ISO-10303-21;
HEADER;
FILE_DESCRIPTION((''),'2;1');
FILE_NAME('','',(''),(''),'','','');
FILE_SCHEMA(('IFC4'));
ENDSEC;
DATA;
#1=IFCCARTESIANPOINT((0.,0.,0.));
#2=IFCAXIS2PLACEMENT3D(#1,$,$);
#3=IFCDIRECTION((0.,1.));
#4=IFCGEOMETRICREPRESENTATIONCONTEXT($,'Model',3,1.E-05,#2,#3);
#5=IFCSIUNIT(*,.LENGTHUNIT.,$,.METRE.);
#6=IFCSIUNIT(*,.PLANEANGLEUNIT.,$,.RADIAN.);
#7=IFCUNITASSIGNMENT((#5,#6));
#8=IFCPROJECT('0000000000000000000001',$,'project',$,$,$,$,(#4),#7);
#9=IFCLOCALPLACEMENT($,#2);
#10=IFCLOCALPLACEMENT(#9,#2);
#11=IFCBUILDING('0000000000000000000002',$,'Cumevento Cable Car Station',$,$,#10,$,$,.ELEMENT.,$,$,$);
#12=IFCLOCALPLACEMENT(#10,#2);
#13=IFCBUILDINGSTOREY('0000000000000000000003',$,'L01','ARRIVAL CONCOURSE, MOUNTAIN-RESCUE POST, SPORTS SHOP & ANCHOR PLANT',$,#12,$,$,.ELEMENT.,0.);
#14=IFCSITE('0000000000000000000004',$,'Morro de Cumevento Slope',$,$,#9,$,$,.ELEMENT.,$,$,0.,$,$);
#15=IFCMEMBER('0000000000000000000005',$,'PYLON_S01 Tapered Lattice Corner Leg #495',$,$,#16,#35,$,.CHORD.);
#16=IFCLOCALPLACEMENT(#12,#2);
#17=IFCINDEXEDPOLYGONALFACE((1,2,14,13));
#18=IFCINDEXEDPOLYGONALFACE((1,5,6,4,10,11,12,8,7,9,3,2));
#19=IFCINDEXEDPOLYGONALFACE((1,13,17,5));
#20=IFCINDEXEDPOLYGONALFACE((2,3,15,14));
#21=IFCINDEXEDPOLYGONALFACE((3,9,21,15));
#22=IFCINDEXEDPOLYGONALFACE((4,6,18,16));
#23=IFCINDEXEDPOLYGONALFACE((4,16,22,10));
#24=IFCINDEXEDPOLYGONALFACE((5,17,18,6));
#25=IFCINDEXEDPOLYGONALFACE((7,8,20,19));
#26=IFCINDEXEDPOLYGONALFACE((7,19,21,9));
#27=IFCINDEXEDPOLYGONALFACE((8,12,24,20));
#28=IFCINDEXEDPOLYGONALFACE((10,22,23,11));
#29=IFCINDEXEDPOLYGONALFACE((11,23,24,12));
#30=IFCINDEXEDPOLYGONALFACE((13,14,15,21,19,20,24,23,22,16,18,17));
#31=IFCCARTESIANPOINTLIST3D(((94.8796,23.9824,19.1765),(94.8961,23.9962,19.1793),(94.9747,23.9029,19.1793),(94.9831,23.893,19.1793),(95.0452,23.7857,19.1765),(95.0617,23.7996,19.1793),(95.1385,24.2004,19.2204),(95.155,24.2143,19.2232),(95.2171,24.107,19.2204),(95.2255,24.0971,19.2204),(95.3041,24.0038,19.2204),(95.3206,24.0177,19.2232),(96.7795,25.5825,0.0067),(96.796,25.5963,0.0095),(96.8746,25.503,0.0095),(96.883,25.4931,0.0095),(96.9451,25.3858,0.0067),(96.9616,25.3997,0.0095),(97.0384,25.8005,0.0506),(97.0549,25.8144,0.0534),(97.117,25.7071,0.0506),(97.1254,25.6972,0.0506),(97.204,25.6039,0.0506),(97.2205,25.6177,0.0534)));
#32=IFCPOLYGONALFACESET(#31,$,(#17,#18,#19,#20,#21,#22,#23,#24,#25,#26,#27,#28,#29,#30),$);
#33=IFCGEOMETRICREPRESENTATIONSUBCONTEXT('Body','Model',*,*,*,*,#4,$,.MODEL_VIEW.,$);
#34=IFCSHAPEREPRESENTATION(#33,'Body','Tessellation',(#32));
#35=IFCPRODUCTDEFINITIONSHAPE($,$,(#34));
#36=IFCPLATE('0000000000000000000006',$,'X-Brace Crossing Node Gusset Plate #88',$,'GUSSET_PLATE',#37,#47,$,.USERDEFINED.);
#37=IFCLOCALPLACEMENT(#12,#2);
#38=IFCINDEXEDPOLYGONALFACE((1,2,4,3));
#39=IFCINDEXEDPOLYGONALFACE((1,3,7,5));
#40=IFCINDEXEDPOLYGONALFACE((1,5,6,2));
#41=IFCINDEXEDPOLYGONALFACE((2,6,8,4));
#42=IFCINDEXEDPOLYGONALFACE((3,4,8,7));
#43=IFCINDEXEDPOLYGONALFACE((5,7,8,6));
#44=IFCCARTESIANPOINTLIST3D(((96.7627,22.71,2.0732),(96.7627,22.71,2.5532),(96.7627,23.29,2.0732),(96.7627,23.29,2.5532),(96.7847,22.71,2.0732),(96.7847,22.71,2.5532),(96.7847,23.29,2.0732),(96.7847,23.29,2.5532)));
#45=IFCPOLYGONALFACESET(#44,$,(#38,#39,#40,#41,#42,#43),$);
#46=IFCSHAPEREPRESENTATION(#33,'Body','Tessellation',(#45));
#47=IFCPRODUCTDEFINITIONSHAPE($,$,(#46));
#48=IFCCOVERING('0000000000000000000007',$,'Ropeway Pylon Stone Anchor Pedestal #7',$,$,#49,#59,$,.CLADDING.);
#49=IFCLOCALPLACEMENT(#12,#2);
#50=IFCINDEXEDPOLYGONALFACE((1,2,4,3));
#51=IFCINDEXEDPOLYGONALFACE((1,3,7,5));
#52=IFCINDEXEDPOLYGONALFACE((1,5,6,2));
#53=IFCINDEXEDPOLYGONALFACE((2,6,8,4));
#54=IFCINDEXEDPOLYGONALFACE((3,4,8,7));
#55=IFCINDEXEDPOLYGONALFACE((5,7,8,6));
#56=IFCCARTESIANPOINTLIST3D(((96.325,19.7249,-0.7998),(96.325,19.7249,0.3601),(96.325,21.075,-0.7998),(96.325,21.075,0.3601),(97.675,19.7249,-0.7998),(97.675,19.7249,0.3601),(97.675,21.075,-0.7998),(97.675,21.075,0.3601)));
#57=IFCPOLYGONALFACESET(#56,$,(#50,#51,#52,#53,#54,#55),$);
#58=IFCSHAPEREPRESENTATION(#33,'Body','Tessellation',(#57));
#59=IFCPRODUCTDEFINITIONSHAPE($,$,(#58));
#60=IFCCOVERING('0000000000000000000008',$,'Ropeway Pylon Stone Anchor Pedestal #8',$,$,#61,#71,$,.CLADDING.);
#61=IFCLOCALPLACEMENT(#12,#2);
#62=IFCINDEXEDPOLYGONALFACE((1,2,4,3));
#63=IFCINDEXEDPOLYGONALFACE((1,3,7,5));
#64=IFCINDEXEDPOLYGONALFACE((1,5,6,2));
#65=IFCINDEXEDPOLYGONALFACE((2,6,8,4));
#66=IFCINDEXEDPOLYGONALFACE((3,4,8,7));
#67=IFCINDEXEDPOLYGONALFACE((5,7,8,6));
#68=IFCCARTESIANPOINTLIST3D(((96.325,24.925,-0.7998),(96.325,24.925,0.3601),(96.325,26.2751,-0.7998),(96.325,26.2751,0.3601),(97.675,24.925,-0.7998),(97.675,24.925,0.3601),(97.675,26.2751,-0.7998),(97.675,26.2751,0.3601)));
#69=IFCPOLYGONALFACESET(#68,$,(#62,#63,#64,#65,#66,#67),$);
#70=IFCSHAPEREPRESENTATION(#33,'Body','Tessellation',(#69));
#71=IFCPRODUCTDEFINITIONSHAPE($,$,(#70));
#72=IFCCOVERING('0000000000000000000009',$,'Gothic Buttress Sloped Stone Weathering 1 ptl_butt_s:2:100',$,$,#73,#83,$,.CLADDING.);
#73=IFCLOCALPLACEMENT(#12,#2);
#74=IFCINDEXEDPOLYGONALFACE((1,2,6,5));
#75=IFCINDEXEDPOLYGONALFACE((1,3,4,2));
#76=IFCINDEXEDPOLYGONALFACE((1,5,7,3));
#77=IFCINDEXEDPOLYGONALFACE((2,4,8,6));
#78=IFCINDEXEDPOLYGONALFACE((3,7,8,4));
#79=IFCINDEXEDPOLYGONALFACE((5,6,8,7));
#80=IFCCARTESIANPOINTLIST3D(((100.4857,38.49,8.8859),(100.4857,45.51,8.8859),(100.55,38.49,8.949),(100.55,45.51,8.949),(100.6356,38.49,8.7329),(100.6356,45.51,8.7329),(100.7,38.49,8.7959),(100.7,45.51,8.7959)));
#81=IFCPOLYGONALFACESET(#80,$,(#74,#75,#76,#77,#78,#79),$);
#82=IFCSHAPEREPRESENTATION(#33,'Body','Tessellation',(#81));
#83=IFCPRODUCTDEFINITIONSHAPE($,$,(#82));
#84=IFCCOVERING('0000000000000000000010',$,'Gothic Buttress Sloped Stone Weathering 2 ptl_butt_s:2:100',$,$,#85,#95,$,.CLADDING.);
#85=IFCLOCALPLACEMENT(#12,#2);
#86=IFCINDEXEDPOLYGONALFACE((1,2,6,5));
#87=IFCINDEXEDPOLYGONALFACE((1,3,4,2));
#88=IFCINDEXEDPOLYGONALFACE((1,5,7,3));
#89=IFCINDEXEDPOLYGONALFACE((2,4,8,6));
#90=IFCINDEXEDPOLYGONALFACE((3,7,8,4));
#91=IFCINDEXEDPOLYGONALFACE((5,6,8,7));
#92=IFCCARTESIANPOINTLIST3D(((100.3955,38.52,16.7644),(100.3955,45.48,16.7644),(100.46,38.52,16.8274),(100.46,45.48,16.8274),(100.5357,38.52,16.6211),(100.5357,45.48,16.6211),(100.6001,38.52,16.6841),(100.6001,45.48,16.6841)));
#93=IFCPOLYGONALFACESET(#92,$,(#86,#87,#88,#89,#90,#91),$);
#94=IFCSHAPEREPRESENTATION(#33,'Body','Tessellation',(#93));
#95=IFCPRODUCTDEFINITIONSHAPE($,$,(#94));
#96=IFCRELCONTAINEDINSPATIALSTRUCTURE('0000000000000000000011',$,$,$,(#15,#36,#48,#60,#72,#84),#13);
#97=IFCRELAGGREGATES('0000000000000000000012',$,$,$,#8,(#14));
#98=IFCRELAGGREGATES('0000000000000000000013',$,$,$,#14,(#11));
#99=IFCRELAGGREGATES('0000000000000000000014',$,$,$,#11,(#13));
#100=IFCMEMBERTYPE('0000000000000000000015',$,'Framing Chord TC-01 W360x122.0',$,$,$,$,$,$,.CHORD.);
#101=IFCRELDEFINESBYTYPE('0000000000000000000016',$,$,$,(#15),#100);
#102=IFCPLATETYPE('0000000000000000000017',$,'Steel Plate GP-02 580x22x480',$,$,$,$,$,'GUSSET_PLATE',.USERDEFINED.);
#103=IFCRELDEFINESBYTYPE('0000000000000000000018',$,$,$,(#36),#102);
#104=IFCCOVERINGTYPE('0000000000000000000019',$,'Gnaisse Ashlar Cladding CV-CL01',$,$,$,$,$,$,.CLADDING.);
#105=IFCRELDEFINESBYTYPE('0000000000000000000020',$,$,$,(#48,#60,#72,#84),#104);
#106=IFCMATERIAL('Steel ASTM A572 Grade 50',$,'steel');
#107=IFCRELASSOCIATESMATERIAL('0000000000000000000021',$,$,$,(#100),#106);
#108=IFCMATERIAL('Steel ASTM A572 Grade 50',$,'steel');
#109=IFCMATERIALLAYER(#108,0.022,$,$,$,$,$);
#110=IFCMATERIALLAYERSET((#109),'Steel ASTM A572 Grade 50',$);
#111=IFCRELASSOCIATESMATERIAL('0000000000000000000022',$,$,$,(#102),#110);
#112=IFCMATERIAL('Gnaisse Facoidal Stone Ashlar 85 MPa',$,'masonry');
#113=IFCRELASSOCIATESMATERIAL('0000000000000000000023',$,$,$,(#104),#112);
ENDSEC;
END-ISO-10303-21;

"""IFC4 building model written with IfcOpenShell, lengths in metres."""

from ifc_helpers import new_model, si_unit, direction, frame, origin, origin_2d, place, context, subcontext, project, spatial, polyline, rectangle, i_section, outline, extrude, material, layer, layer_set, material_profile, profile_set, type_object, element, save


model = new_model("IFC4")

# Units and contexts
model_context = context("Model", 3, precision=1e-05, world=origin(), true_north=direction((0.0, 1.0)))
body_context = subcontext(model_context, "Body", "Model", "MODEL_VIEW")
ifc_project = project(units=[si_unit("LENGTHUNIT", "METRE"), si_unit("PLANEANGLEUNIT", "RADIAN")], contexts=[model_context])

# Site, building, storey
site_placement = place(None, origin())
site = spatial("IfcSite", under=ifc_project, at=site_placement, Name="Morro de Cumevento Slope", CompositionType="ELEMENT", RefElevation=0.0)
building_placement = place(site_placement, origin())
building = spatial("IfcBuilding", under=site, at=building_placement, Name="Cumevento Cable Car Station", CompositionType="ELEMENT")
storey_placement = place(building_placement, origin())
storey = spatial("IfcBuildingStorey", under=building, at=storey_placement, Name="L01", Description="ARRIVAL CONCOURSE, MOUNTAIN-RESCUE POST, SPORTS SHOP & ANCHOR PLANT", CompositionType="ELEMENT", Elevation=0.0)

# Member
ifc_material_1 = material(Name="Steel ASTM A572 Grade 50", Category="steel")
ifc_material_profile_1 = material_profile(ifc_material_1, i_section(OverallWidth=0.2571, OverallDepth=0.363, WebThickness=0.0129, FlangeThickness=0.0217, at=origin_2d()), Name="W360x122.0")
ifc_profile_set_1 = profile_set([ifc_material_profile_1], Name="Steel ASTM A572 Grade 50")
member_type_1 = type_object("IfcMemberType", Name="Framing Chord TC-01 W360x122.0", PredefinedType="CHORD", material=ifc_profile_set_1)
for number, where, z_axis, x_axis, name in (
    (1, (97.0, 25.6001, 0.03), (-0.098287, -0.082777, 0.991709), (0.644178, -0.764876, 0.0), "PYLON_S01 Tapered Lattice Corner Leg #495"),
):
    element("IfcMember", number, at=place(storey_placement, frame(where, z_axis=z_axis, x_axis=x_axis)), inside=storey, type_object=member_type_1, Name=name, PredefinedType="CHORD", context=body_context, shape_type="SweptSolid", body=[
        extrude(i_section(OverallWidth=0.2571, OverallDepth=0.363, WebThickness=0.0129, FlangeThickness=0.0217, at=origin_2d()), origin(), (0.0, 0.0, 1.0), 19.3301),
    ])

# Plate
ifc_material_2 = material(Name="Steel ASTM A572 Grade 50", Category="steel")
ifc_layer = layer(ifc_material_2, 0.022)
ifc_layer_set = layer_set([ifc_layer], Name="Steel ASTM A572 Grade 50")
plate_type = type_object("IfcPlateType", Name="Steel Plate GP-02 580x22x480", ElementType="GUSSET_PLATE", PredefinedType="USERDEFINED", material=ifc_layer_set)
plate_placement = place(storey_placement, frame((96.7737, 23.0, 2.0732), z_axis=(0.0, 0.0, 1.0), x_axis=(0.0, 1.0, 0.0)))
element("IfcPlate", 2, at=plate_placement, inside=storey, type_object=plate_type, Name="X-Brace Crossing Node Gusset Plate #88", ObjectType="GUSSET_PLATE", PredefinedType="USERDEFINED", context=body_context, shape_type="SweptSolid", body=[
    extrude(rectangle(XDim=0.5801, YDim=0.022, at=origin_2d()), origin(), (0.0, 0.0, 1.0), 0.48),
])

# Coverings
ifc_material_3 = material(Name="Gnaisse Facoidal Stone Ashlar 85 MPa", Category="masonry")
covering_type = type_object("IfcCoveringType", Name="Gnaisse Ashlar Cladding CV-CL01", PredefinedType="CLADDING", material=ifc_material_3)
for number, where, z_axis, x_axis, name in (
    (3, (97.0, 20.3999, -0.7998), (0.0, 0.0, 1.0), (1.0, 0.0, 0.0), "Ropeway Pylon Stone Anchor Pedestal #7"),
    (4, (97.0, 25.6001, -0.7998), (0.0, 0.0, 1.0), (1.0, 0.0, 0.0), "Ropeway Pylon Stone Anchor Pedestal #8"),
):
    element("IfcCovering", number, at=place(storey_placement, frame(where, z_axis=z_axis, x_axis=x_axis)), inside=storey, type_object=covering_type, Name=name, PredefinedType="CLADDING", context=body_context, shape_type="SweptSolid", body=[
        extrude(rectangle(XDim=1.3501, YDim=1.3501, at=origin_2d()), origin(), (0.0, 0.0, 1.0), 1.1599),
    ])
covering_1_placement = place(storey_placement, frame((100.7, 38.49, 8.7959), z_axis=(0.714475, 0.0, 0.699661), x_axis=(0.0, 1.0, 0.0)))
element("IfcCovering", 5, at=covering_1_placement, inside=storey, type_object=covering_type, Name="Gothic Buttress Sloped Stone Weathering 1 ptl_butt_s:2:100", PredefinedType="CLADDING", context=body_context, shape_type="SweptSolid", body=[
    extrude(outline(polyline([(0.0, 0.0), (7.02, 0.0), (7.02, 0.2142), (0.0, 0.2142), (0.0, 0.0)])), origin(), (0.0, 0.0, -1.0), 0.0901),
])
covering_2_placement = place(storey_placement, frame((100.6001, 38.52, 16.6841), z_axis=(0.71498, 0.0, 0.699145), x_axis=(0.0, 1.0, 0.0)))
element("IfcCovering", 6, at=covering_2_placement, inside=storey, type_object=covering_type, Name="Gothic Buttress Sloped Stone Weathering 2 ptl_butt_s:2:100", PredefinedType="CLADDING", context=body_context, shape_type="SweptSolid", body=[
    extrude(outline(polyline([(0.0, 0.0), (6.96, 0.0), (6.96, 0.2004), (0.0, 0.2004), (0.0, 0.0)])), origin(), (0.0, 0.0, -1.0), 0.0901),
])

save(model, "model.ifc")
